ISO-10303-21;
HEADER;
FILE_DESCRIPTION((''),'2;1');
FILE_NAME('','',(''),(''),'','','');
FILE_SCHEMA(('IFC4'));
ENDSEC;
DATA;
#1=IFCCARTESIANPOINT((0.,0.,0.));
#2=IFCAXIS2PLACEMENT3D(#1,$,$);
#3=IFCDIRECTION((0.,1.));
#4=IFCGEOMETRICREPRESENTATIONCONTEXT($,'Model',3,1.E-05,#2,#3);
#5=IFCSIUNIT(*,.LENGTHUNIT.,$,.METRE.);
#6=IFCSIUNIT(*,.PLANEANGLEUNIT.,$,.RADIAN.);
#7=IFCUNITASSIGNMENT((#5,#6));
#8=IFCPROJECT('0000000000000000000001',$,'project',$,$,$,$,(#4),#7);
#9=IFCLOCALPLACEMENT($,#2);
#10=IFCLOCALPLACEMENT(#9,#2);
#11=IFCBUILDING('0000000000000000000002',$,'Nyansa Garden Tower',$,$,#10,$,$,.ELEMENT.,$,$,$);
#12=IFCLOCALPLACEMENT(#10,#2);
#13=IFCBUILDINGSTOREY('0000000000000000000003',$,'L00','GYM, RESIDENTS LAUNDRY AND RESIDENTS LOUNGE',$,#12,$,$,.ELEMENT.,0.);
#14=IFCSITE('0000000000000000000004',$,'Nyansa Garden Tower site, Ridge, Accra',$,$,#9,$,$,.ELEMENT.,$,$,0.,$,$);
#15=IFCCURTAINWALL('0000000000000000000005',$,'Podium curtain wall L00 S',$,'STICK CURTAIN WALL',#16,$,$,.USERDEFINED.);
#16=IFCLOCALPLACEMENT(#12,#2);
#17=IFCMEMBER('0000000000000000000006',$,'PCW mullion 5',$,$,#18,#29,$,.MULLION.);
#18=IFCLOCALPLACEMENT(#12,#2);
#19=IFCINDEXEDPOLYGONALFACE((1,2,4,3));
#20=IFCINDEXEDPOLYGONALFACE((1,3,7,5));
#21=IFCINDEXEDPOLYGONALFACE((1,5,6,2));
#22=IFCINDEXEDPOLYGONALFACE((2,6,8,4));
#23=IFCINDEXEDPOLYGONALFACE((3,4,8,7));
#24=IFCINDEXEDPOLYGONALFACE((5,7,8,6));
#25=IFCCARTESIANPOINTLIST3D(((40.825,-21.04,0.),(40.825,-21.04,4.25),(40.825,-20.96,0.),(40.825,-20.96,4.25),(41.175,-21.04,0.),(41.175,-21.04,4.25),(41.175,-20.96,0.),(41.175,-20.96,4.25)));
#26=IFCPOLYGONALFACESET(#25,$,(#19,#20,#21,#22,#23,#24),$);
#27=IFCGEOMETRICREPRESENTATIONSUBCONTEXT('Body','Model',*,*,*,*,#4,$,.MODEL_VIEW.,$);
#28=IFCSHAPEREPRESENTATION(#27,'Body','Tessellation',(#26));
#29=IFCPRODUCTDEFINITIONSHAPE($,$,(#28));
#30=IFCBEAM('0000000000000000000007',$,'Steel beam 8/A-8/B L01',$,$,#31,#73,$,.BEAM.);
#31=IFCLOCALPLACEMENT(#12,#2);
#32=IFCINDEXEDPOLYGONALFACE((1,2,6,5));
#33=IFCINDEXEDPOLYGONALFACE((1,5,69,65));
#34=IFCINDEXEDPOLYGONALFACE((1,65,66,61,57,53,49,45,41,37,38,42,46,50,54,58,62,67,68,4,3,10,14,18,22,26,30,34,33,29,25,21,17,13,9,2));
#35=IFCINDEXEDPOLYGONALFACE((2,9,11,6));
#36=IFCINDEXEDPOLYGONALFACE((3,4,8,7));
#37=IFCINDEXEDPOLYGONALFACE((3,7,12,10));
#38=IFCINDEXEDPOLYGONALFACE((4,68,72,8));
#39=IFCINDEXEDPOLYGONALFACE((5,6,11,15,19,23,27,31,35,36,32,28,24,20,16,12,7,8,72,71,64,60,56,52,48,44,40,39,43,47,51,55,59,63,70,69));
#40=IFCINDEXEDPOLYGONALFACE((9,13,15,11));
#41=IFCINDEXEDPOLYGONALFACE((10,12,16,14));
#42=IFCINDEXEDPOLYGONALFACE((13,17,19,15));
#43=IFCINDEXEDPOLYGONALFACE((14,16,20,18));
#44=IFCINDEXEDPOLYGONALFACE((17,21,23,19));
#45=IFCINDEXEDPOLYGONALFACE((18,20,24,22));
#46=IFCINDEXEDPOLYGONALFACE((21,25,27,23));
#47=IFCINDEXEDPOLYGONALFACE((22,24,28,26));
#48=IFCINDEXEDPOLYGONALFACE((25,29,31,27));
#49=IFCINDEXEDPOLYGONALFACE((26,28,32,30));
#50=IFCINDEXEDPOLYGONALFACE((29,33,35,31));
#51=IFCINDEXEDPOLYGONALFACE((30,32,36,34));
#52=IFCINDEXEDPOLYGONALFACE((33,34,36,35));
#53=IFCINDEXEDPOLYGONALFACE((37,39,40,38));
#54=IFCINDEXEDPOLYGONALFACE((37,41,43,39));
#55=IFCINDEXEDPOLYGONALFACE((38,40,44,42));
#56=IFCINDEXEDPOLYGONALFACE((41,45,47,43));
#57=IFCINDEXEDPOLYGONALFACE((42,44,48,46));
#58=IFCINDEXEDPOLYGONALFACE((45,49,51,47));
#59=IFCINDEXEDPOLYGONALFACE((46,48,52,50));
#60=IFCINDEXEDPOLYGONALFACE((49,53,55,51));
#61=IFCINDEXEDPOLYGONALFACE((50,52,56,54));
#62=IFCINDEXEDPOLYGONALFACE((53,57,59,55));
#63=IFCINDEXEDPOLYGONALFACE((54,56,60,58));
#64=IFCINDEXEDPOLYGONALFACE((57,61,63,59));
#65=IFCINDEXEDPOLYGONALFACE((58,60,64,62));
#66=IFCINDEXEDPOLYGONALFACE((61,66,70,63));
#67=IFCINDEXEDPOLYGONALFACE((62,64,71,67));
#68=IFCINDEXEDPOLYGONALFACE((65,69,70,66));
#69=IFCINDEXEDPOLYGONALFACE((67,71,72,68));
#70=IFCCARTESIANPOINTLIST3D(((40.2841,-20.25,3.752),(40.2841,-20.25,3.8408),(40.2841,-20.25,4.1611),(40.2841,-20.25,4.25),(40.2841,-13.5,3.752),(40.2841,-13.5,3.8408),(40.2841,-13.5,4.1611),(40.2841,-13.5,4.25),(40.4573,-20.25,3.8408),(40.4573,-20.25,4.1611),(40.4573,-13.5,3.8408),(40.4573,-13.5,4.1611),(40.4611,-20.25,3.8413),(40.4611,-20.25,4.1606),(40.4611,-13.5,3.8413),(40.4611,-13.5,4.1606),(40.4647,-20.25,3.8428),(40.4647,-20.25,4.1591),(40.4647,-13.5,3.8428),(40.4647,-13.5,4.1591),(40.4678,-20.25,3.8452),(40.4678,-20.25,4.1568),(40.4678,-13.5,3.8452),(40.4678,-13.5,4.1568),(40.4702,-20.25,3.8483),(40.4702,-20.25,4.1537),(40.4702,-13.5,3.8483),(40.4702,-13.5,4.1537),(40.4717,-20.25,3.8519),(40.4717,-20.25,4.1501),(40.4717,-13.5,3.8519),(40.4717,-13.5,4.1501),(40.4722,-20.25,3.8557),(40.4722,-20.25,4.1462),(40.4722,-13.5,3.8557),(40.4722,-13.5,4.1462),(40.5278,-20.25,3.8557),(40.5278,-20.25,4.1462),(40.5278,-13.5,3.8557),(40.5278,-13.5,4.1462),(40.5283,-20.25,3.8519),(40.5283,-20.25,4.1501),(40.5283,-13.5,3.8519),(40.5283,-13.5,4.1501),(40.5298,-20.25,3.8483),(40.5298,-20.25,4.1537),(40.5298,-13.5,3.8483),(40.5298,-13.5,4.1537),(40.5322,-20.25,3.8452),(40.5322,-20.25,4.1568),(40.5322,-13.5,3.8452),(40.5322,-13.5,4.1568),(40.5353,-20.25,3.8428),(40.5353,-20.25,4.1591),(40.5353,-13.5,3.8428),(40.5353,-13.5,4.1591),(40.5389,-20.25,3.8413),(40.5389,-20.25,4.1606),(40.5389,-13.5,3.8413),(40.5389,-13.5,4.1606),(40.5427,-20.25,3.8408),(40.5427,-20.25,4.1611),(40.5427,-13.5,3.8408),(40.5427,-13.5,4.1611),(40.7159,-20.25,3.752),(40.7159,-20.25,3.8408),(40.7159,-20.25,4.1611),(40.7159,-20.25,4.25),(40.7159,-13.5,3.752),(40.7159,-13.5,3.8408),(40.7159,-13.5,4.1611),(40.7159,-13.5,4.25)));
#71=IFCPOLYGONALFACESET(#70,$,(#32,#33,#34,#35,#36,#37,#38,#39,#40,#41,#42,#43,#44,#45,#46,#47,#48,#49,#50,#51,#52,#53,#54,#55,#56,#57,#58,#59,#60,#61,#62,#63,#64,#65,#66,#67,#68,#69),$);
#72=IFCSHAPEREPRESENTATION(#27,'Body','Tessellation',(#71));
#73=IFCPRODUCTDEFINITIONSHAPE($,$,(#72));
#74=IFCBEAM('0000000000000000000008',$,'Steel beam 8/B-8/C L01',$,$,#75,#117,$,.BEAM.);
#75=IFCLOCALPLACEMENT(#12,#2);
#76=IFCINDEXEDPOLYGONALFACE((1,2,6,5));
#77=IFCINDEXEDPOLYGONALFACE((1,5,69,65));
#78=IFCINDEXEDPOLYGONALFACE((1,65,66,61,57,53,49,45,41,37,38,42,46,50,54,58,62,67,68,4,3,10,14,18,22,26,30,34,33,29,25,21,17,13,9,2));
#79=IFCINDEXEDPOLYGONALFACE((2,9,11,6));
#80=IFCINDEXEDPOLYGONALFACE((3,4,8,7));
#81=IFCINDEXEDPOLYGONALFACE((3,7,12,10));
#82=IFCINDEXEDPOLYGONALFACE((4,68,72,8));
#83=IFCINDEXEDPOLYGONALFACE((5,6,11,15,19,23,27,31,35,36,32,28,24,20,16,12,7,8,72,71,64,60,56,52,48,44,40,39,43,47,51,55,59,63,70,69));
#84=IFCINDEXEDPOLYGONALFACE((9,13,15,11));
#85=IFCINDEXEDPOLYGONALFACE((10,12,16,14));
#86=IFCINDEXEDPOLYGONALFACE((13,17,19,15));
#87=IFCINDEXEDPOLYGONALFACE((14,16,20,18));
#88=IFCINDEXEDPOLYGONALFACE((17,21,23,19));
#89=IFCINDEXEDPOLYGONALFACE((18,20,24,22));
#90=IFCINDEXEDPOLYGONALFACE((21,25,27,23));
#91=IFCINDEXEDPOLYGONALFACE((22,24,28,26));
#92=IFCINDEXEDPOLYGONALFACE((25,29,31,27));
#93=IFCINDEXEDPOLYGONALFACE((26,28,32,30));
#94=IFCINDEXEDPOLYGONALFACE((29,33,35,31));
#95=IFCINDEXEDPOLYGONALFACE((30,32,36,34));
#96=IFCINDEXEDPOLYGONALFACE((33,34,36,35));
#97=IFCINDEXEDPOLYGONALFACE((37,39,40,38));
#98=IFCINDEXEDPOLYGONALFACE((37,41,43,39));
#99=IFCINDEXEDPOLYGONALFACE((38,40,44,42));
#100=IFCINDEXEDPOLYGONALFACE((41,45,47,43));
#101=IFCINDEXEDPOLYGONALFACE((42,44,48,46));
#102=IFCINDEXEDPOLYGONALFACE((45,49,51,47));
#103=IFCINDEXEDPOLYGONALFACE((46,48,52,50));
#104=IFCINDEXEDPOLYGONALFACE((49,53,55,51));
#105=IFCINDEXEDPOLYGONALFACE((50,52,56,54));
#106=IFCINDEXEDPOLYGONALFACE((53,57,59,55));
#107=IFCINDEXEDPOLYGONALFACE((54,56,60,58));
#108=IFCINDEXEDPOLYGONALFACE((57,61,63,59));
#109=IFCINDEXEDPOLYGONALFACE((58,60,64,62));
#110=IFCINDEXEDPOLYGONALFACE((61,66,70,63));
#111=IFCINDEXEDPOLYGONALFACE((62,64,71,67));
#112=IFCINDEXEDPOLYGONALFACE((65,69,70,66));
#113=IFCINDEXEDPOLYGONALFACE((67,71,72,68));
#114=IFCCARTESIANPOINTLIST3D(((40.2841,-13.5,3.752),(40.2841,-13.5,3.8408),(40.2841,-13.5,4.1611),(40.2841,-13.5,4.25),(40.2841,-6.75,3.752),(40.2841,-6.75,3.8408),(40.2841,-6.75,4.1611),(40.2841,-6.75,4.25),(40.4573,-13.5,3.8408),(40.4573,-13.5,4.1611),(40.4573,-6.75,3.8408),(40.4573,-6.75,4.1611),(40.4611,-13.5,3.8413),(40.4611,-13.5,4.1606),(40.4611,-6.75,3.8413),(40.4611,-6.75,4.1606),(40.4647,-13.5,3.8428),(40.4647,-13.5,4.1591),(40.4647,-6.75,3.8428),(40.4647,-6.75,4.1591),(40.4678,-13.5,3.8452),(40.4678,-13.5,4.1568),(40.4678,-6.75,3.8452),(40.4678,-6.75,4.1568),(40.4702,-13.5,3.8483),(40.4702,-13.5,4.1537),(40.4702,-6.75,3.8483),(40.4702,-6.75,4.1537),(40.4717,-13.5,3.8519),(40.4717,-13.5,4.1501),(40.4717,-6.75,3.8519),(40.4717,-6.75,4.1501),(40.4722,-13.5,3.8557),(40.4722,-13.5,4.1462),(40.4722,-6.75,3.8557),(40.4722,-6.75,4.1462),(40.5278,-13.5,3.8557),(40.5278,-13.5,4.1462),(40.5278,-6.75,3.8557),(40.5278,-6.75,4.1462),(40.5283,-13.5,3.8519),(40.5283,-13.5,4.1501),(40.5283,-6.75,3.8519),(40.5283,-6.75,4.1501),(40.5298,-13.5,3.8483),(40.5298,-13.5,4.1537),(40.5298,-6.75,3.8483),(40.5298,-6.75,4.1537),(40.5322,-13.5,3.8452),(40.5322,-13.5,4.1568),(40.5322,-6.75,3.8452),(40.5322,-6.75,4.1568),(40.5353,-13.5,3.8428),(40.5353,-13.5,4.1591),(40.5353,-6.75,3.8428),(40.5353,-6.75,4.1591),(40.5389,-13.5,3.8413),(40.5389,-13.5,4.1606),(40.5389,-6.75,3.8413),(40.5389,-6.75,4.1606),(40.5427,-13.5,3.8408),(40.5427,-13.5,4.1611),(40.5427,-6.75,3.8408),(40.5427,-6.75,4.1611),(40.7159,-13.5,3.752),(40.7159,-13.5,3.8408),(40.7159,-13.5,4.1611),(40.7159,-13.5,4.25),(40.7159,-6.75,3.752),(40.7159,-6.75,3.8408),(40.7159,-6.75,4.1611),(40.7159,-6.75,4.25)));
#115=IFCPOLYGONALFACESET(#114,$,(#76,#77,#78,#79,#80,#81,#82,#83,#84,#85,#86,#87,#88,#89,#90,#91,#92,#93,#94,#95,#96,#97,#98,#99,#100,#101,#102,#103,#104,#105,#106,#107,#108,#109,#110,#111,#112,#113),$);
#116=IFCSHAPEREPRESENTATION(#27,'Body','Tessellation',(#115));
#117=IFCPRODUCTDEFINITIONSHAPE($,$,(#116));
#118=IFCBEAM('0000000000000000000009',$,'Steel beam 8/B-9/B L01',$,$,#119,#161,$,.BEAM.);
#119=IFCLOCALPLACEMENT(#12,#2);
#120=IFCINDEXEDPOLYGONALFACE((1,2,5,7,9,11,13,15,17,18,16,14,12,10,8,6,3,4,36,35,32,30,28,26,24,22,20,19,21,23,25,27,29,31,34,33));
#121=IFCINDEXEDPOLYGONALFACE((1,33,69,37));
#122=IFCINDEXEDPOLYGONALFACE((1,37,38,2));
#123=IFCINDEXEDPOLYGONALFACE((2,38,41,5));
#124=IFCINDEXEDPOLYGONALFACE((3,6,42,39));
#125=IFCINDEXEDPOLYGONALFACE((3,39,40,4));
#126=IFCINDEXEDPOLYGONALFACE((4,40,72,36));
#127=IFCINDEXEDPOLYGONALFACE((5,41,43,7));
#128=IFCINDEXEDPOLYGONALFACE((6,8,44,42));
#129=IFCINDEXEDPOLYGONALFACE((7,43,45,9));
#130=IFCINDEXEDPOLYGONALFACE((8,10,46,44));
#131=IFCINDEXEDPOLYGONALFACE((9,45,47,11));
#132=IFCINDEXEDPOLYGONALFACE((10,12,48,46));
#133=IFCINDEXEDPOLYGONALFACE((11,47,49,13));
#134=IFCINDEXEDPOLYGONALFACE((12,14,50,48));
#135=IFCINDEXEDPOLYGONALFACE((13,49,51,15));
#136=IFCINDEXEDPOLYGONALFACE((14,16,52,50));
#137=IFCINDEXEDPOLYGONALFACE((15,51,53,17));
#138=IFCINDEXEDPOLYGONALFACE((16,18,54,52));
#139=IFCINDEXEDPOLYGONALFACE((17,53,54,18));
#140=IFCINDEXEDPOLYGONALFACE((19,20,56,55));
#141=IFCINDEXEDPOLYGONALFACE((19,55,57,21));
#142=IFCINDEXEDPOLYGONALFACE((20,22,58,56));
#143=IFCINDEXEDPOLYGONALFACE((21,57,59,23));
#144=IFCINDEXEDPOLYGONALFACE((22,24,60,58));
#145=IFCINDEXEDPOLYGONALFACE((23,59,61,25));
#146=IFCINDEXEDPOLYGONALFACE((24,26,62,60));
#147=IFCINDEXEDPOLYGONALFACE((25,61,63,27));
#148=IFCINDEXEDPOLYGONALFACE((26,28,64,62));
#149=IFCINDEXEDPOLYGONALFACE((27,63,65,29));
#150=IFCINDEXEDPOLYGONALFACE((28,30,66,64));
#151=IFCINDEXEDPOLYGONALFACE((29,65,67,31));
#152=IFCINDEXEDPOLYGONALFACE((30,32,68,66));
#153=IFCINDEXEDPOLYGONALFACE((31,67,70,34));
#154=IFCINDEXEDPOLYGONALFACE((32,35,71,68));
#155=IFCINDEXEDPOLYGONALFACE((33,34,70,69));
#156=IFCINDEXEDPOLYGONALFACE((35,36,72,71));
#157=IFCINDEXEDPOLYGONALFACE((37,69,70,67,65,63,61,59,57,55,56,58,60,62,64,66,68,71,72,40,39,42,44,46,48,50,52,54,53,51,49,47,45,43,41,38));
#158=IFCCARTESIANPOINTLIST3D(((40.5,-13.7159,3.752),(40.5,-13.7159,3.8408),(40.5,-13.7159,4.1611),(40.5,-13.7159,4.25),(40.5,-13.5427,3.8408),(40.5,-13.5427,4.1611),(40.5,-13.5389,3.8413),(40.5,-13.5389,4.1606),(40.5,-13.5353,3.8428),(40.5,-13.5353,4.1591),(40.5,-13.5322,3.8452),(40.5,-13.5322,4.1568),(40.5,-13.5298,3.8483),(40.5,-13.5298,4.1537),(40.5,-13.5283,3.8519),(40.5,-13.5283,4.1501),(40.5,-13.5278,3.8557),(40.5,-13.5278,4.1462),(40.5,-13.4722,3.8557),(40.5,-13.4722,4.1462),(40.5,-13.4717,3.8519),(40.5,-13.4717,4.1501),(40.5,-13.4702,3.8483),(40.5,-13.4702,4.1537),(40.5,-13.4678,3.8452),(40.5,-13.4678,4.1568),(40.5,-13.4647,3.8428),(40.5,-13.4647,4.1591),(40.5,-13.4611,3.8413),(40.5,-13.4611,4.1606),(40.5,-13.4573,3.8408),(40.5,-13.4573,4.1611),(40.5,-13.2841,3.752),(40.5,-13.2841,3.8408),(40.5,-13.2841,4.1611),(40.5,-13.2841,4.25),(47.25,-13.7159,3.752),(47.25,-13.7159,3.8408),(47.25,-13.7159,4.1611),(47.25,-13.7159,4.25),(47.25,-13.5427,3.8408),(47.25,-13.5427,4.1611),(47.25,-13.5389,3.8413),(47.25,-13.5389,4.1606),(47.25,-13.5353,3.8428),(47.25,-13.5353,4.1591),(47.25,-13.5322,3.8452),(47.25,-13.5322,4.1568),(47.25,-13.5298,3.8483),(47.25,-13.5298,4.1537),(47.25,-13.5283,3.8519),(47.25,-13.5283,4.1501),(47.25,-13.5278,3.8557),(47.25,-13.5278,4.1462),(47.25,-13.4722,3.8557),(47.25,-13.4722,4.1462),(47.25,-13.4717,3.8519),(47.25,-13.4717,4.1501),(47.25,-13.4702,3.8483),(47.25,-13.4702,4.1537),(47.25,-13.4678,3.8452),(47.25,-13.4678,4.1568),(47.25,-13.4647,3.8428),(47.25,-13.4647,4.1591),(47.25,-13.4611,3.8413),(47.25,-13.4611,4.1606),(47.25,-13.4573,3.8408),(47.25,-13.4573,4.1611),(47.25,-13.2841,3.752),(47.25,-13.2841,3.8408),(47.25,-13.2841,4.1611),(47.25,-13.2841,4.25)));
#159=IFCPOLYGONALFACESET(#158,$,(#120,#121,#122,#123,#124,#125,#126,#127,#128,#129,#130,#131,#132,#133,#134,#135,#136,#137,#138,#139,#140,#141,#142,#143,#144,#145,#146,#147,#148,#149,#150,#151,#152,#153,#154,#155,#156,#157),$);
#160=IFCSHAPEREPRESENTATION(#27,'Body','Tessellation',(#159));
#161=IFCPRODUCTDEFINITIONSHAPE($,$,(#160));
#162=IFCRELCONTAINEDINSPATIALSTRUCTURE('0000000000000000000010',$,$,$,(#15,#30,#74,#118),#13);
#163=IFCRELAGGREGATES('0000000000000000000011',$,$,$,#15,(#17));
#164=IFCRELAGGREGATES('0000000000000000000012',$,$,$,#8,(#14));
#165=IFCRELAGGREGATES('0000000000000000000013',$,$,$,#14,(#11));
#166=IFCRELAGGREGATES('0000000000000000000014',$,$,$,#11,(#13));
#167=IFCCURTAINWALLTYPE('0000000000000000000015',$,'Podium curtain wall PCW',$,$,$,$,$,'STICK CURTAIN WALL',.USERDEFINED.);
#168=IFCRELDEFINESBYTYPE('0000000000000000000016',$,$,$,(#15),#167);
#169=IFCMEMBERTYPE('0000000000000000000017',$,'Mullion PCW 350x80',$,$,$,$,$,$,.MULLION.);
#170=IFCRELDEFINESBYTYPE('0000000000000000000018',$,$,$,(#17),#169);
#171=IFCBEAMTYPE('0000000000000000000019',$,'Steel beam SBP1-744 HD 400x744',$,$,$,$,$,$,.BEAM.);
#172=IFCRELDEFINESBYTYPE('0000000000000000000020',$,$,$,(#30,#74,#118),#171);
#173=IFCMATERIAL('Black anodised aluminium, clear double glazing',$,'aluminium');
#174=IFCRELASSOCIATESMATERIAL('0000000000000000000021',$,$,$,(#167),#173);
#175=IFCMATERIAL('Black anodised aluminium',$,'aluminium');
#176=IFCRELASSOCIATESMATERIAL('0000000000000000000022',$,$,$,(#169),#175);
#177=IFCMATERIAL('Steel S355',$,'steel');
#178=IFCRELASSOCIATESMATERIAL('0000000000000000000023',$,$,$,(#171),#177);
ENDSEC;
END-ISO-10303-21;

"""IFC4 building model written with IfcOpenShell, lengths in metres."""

from ifc_helpers import new_model, si_unit, direction, frame, origin, origin_2d, place, context, subcontext, project, spatial, rectangle, i_section, extrude, material, material_profile, profile_set, type_object, element, aggregate, save


model = new_model("IFC4")

# Units and contexts
model_context = context("Model", 3, precision=1e-05, world=origin(), true_north=direction((0.0, 1.0)))
body_context = subcontext(model_context, "Body", "Model", "MODEL_VIEW")
ifc_project = project(units=[si_unit("LENGTHUNIT", "METRE"), si_unit("PLANEANGLEUNIT", "RADIAN")], contexts=[model_context])

# Site, building, storey
site_placement = place(None, origin())
site = spatial("IfcSite", under=ifc_project, at=site_placement, Name="Nyansa Garden Tower site, Ridge, Accra", CompositionType="ELEMENT", RefElevation=0.0)
building_placement = place(site_placement, origin())
building = spatial("IfcBuilding", under=site, at=building_placement, Name="Nyansa Garden Tower", CompositionType="ELEMENT")
storey_placement = place(building_placement, origin())
storey = spatial("IfcBuildingStorey", under=building, at=storey_placement, Name="L00", Description="GYM, RESIDENTS LAUNDRY AND RESIDENTS LOUNGE", CompositionType="ELEMENT", Elevation=0.0)

# Curtain wall, member
ifc_material_1 = material(Name="Black anodised aluminium, clear double glazing", Category="aluminium")
curtain_wall_type = type_object("IfcCurtainWallType", Name="Podium curtain wall PCW", ElementType="STICK CURTAIN WALL", PredefinedType="USERDEFINED", material=ifc_material_1)
curtain_wall_placement = place(storey_placement, origin())
curtain_wall = element("IfcCurtainWall", 1, at=curtain_wall_placement, inside=storey, type_object=curtain_wall_type, Name="Podium curtain wall L00 S", ObjectType="STICK CURTAIN WALL", PredefinedType="USERDEFINED")
ifc_material_2 = material(Name="Black anodised aluminium", Category="aluminium")
ifc_material_profile_1 = material_profile(ifc_material_2, rectangle(XDim=0.0801, YDim=0.3501, at=origin_2d()), Name="Mullion 350x80")
ifc_profile_set_1 = profile_set([ifc_material_profile_1], Name="Black anodised aluminium")
member_type_1 = type_object("IfcMemberType", Name="Mullion PCW 350x80", PredefinedType="MULLION", material=ifc_profile_set_1)
member_1_placement = place(storey_placement, frame((41.0, -21.0, 0.0), z_axis=(0.0, 0.0, 1.0), x_axis=(0.0, 1.0, 0.0)))
member_1 = element("IfcMember", 2, at=member_1_placement, type_object=member_type_1, Name="PCW mullion 5", PredefinedType="MULLION", context=body_context, shape_type="SweptSolid", body=[
    extrude(rectangle(XDim=0.0801, YDim=0.3501, at=origin_2d()), origin(), (0.0, 0.0, 1.0), 4.25),
])

# Beams
ifc_material_3 = material(Name="Steel S355", Category="steel")
ifc_material_profile_2 = material_profile(ifc_material_3, i_section(OverallWidth=0.4319, OverallDepth=0.498, WebThickness=0.0557, FlangeThickness=0.0889, FilletRadius=0.0149, at=origin_2d()), Name="HD 400x744")
ifc_profile_set_2 = profile_set([ifc_material_profile_2], Name="Steel S355")
beam_type_1 = type_object("IfcBeamType", Name="Steel beam SBP1-744 HD 400x744", PredefinedType="BEAM", material=ifc_profile_set_2)
for number, where, z_axis, x_axis, name in (
    (3, (40.5, -20.25, 4.001), (0.0, 1.0, 0.0), (-1.0, 0.0, 0.0), "Steel beam 8/A-8/B L01"),
    (4, (40.5, -13.5, 4.001), (0.0, 1.0, 0.0), (-1.0, 0.0, 0.0), "Steel beam 8/B-8/C L01"),
    (5, (40.5, -13.5, 4.001), (1.0, 0.0, 0.0), (0.0, 1.0, 0.0), "Steel beam 8/B-9/B L01"),
):
    element("IfcBeam", number, at=place(storey_placement, frame(where, z_axis=z_axis, x_axis=x_axis)), inside=storey, type_object=beam_type_1, Name=name, PredefinedType="BEAM", context=body_context, shape_type="SweptSolid", body=[
        extrude(i_section(OverallWidth=0.4319, OverallDepth=0.498, WebThickness=0.0557, FlangeThickness=0.0889, FilletRadius=0.0149, at=origin_2d()), origin(), (0.0, 0.0, 1.0), 6.75),
    ])

aggregate(curtain_wall, [member_1])

save(model, "model.ifc")
